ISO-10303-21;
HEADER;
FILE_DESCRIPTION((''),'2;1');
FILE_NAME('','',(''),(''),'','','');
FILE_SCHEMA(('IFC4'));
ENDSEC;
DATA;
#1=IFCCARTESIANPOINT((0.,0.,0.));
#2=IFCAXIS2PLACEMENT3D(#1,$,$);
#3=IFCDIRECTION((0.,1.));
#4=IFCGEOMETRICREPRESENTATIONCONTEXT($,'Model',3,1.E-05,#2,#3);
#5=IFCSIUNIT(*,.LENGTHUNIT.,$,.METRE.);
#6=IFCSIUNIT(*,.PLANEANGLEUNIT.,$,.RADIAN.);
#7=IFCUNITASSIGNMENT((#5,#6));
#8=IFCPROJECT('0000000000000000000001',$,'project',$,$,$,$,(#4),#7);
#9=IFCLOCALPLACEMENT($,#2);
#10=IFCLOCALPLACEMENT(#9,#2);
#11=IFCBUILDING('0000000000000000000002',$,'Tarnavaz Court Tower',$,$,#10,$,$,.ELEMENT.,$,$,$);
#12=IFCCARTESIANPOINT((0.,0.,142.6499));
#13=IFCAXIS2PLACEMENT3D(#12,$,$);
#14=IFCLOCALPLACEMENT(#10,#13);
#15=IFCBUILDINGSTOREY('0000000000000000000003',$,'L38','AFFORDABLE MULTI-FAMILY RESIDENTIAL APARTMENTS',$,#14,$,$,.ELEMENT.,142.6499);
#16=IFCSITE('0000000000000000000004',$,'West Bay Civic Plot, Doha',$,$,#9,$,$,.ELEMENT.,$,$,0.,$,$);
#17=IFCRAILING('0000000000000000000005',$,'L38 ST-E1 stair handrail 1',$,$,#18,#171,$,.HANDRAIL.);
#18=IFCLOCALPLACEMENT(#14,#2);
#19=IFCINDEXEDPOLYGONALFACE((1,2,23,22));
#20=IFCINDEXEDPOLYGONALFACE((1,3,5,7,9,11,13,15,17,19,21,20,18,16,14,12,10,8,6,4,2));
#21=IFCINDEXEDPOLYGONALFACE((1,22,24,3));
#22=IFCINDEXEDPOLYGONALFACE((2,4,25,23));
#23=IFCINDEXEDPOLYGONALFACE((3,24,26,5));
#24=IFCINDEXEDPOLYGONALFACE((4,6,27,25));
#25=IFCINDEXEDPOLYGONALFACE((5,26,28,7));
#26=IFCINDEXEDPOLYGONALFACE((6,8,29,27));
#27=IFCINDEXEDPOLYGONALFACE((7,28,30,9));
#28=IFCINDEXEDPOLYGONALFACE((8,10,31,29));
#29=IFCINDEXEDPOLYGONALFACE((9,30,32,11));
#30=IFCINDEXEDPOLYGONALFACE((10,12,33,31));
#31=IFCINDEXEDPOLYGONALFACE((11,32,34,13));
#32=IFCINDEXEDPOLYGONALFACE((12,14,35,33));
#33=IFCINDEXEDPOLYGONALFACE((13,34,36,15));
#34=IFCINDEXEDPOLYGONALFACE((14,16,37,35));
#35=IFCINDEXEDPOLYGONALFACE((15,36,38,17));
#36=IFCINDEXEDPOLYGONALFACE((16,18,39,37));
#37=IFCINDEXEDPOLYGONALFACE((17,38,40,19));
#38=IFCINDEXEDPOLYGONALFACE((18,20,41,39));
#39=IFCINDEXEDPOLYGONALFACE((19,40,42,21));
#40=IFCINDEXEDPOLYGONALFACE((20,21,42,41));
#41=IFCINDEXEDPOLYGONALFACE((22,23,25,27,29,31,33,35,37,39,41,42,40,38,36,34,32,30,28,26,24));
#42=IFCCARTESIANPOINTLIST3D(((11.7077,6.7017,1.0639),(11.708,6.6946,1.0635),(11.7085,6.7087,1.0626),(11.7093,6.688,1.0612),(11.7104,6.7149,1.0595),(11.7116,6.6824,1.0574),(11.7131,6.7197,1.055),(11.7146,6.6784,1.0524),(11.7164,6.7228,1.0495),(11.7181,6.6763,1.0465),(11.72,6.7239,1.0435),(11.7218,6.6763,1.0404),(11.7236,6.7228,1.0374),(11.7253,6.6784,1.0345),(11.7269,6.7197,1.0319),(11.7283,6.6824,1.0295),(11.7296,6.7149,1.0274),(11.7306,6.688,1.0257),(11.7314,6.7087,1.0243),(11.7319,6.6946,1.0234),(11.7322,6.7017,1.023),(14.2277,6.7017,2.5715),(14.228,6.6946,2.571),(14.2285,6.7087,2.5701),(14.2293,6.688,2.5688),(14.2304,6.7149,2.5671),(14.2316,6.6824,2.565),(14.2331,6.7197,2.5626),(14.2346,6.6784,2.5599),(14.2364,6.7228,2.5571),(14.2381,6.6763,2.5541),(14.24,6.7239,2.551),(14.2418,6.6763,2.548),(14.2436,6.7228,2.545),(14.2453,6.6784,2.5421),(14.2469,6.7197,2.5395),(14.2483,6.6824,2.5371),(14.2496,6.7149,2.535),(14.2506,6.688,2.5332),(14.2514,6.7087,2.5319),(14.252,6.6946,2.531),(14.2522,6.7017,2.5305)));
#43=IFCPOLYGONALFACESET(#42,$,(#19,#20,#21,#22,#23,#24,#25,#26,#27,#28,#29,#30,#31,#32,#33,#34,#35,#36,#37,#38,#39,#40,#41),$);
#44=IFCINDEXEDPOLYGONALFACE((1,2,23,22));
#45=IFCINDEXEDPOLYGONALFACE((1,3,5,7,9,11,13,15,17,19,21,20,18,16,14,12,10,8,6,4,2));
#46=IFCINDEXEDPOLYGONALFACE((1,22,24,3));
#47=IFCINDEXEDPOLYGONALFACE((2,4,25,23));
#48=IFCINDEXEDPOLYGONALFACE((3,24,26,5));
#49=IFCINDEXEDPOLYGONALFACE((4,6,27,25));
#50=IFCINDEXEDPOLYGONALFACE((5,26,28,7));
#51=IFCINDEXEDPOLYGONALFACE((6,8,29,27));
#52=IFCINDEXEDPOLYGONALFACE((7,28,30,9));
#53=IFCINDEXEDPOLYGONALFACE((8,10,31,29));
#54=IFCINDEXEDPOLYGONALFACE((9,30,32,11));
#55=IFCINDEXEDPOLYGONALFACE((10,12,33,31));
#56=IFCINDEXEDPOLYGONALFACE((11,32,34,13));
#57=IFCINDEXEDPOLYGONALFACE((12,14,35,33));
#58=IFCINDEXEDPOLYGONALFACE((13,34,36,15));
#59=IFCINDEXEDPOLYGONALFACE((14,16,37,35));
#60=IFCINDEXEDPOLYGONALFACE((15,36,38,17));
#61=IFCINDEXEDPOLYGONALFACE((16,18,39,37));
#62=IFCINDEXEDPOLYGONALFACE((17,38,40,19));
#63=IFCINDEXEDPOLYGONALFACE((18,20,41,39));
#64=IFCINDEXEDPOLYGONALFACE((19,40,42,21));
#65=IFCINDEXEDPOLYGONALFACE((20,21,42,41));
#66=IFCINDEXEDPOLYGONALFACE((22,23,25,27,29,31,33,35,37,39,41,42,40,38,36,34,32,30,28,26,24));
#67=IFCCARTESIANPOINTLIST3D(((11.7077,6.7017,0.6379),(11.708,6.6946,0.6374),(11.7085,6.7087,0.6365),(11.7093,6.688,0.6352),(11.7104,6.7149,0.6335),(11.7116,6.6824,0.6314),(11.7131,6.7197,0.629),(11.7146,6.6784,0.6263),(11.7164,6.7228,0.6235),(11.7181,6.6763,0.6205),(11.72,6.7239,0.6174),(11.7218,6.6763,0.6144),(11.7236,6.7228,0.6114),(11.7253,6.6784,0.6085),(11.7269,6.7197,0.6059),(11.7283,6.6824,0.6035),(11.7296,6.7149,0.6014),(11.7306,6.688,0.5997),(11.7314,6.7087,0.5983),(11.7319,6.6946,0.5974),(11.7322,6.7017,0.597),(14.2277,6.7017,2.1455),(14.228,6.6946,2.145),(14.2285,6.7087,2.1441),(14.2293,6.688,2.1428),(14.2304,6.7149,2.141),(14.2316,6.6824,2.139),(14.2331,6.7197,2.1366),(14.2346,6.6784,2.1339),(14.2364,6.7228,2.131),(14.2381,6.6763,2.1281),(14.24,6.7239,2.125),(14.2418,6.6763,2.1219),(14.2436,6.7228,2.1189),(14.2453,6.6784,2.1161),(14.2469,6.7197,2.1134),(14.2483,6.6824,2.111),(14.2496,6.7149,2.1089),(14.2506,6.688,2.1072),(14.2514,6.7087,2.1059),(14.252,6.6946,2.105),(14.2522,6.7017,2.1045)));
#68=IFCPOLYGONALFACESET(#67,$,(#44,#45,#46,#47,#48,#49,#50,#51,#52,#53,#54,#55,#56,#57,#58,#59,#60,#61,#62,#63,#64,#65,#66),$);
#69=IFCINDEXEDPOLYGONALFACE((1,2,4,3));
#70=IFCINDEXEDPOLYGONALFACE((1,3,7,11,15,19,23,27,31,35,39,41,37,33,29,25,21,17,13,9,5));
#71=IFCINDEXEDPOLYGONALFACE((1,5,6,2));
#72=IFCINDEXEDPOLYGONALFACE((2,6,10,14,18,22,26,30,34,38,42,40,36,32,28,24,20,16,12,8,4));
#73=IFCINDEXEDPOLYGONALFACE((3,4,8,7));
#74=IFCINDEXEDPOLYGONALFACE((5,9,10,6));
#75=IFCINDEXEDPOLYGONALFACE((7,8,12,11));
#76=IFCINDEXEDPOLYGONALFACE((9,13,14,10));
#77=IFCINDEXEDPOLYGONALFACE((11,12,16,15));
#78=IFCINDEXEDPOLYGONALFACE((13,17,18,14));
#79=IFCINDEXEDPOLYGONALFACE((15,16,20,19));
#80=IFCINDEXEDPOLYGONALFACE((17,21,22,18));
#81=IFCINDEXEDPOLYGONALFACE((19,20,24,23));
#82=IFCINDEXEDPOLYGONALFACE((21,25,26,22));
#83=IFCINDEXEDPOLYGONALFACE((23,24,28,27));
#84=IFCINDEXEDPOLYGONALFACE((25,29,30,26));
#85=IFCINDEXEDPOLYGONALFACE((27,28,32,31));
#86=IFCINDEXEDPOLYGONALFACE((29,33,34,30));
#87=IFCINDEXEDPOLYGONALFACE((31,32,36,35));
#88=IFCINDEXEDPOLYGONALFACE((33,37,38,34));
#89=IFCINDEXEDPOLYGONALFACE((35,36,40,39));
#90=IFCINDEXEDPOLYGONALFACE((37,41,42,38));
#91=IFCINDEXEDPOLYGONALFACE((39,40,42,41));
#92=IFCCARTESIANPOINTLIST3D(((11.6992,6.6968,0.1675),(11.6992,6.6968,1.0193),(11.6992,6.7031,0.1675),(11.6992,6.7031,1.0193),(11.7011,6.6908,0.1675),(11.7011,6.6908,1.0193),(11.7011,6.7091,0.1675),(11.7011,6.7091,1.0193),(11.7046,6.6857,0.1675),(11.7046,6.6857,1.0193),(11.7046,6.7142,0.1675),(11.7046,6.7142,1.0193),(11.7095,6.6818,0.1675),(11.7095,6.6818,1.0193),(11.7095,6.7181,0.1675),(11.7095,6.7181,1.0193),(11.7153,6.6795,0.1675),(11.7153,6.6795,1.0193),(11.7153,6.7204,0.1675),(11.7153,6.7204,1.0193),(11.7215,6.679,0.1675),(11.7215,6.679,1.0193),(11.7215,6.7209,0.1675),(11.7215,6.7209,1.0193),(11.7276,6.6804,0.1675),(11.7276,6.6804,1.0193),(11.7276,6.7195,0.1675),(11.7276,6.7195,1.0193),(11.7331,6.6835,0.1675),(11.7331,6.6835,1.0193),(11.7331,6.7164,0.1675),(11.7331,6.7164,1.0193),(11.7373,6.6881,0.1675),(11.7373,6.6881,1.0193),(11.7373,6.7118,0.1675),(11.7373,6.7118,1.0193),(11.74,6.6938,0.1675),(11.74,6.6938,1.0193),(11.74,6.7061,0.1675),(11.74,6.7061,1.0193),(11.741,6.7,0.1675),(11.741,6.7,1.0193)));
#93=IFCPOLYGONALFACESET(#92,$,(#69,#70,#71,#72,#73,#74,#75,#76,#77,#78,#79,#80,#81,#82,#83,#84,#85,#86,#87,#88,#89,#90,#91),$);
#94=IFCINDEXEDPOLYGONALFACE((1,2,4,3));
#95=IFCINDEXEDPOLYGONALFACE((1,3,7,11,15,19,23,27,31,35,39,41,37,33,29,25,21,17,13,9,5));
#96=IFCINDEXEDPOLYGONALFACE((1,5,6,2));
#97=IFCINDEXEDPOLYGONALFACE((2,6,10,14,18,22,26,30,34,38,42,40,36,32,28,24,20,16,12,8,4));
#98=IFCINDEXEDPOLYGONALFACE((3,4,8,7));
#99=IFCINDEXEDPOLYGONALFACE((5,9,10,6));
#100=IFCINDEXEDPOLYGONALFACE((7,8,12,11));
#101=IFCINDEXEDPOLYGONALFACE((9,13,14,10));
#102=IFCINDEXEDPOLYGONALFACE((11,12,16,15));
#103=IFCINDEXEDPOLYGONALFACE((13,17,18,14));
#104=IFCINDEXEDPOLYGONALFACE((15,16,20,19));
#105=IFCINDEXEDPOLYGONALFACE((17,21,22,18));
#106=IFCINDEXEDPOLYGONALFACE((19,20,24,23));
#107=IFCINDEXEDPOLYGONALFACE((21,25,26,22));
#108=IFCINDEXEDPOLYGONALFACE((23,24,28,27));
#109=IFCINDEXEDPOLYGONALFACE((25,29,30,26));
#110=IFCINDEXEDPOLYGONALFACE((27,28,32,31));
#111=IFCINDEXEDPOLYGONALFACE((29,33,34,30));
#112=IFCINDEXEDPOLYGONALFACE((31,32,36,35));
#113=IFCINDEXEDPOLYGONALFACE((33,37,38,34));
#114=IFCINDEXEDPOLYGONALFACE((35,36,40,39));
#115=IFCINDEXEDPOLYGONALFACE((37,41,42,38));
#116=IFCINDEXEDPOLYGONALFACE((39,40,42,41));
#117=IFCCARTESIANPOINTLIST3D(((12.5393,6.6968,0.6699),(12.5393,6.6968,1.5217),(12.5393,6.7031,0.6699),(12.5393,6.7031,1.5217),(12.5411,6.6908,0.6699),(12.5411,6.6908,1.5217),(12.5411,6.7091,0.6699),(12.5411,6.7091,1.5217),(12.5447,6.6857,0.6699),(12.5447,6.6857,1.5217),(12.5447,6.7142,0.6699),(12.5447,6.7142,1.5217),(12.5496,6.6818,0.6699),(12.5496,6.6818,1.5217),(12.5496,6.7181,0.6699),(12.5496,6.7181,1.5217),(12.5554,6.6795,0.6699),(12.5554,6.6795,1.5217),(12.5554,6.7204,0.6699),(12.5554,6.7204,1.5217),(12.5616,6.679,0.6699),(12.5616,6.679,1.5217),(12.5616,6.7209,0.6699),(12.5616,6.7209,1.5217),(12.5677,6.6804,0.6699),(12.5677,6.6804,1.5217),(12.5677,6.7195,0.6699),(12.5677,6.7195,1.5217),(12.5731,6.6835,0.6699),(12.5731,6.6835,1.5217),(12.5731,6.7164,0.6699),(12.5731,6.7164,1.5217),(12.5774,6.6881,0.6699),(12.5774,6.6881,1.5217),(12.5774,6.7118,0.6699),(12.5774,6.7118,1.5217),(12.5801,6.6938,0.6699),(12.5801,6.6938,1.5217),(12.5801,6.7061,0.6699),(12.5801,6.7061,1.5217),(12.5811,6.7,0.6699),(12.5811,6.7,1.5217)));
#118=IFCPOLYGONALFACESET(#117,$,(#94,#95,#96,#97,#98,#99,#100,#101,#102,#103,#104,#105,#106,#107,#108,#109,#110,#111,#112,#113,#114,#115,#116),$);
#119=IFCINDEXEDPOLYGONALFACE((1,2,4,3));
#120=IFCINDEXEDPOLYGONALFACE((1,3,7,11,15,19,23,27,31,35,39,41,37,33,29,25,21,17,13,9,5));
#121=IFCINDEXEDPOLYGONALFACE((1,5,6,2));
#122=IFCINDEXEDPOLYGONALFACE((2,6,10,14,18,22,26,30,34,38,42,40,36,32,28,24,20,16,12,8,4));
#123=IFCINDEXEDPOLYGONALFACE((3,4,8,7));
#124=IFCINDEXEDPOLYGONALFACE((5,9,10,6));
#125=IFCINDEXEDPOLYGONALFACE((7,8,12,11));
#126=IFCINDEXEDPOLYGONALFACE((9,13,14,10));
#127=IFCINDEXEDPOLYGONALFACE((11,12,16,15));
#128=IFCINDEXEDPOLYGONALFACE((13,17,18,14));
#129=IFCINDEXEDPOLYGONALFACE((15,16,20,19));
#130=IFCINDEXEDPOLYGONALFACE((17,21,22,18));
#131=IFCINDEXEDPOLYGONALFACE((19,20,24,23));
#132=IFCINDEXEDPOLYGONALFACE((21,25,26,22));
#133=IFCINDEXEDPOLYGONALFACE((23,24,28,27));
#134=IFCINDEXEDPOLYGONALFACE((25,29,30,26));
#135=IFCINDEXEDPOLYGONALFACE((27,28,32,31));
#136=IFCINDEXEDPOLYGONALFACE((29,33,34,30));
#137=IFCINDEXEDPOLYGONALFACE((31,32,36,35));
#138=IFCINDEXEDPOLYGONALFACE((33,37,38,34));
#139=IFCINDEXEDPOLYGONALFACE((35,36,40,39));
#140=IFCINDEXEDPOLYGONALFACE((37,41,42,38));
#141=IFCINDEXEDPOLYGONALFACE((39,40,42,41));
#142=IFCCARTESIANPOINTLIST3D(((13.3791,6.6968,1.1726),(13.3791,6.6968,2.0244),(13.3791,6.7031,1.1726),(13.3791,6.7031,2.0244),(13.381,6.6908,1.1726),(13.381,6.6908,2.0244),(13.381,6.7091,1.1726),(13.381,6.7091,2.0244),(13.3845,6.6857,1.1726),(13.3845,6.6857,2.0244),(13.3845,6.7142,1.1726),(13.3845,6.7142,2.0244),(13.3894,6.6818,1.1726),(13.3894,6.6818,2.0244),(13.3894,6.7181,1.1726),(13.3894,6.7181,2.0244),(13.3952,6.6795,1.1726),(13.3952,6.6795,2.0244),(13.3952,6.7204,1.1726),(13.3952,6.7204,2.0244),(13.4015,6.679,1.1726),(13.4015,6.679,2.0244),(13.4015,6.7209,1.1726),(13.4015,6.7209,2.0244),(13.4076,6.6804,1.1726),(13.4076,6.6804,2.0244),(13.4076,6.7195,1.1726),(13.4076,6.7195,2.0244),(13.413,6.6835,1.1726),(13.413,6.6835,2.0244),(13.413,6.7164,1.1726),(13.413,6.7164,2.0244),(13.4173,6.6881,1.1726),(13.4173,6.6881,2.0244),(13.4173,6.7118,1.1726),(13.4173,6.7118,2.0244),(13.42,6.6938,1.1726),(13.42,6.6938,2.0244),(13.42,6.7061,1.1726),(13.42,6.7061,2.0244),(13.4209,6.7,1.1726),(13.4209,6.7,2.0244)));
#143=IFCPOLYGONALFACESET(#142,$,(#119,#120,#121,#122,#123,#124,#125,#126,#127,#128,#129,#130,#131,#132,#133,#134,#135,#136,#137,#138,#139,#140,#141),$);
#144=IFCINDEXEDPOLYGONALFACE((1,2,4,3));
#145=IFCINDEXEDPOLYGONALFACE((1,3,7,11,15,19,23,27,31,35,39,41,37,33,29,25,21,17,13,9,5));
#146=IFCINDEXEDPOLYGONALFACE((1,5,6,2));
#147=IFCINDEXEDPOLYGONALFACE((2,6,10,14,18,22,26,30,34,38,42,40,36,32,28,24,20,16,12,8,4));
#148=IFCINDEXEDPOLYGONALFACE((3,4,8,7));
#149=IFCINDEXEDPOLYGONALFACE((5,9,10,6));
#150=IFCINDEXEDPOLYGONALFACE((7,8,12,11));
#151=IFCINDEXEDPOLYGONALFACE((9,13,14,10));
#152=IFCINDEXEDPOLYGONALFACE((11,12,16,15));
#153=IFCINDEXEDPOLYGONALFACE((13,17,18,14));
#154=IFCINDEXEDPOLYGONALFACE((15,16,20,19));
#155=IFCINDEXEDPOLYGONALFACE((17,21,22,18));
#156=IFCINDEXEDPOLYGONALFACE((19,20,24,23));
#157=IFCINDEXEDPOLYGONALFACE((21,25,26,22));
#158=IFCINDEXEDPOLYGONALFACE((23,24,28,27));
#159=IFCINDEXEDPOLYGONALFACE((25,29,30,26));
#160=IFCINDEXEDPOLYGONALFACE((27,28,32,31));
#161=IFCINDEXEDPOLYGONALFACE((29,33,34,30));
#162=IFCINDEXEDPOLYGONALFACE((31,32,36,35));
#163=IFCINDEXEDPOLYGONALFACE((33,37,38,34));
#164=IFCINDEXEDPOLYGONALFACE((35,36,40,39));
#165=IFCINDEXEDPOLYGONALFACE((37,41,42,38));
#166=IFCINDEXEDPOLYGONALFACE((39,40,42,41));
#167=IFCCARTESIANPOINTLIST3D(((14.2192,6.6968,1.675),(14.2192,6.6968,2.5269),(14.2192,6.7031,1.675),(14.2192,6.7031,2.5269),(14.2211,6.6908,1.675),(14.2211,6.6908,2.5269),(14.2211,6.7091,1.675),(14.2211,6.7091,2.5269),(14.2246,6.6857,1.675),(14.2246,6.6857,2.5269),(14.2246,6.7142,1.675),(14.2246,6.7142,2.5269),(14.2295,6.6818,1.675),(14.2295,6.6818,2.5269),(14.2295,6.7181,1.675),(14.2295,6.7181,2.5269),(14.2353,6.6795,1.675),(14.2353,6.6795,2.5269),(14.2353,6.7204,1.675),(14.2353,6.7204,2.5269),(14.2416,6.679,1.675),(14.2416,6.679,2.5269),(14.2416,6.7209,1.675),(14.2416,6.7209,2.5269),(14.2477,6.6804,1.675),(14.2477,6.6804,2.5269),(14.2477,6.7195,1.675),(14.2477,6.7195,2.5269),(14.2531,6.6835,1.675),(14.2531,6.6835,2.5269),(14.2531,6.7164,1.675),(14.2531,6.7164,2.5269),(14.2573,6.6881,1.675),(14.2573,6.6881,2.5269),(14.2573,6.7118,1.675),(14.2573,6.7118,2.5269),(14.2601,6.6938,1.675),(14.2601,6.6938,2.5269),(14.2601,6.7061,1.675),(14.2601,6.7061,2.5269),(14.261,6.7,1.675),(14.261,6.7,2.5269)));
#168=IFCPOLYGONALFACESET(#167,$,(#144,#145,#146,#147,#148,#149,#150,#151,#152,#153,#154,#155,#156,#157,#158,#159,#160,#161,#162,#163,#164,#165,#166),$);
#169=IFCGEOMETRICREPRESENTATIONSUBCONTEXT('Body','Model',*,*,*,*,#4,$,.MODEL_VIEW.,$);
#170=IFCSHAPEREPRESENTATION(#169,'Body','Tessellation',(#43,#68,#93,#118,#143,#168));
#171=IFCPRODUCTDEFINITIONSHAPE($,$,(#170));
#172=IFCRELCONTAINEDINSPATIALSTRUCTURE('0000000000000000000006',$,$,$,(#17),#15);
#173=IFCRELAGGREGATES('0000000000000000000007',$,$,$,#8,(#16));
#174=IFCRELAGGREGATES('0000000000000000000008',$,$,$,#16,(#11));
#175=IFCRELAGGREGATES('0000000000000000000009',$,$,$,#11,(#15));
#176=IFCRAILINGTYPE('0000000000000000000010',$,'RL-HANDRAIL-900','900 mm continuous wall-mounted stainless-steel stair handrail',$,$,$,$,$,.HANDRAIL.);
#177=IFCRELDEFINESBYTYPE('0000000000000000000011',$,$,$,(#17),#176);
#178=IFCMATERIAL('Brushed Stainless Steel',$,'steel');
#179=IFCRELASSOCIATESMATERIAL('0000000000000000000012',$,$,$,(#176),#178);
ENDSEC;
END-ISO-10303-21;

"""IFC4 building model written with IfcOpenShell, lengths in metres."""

from ifc_helpers import new_model, si_unit, direction, frame, origin, origin_2d, place, context, subcontext, project, spatial, circle, extrude, material, type_object, element, save


model = new_model("IFC4")

# Units and contexts
model_context = context("Model", 3, precision=1e-05, world=origin(), true_north=direction((0.0, 1.0)))
body_context = subcontext(model_context, "Body", "Model", "MODEL_VIEW")
ifc_project = project(units=[si_unit("LENGTHUNIT", "METRE"), si_unit("PLANEANGLEUNIT", "RADIAN")], contexts=[model_context])

# Site, building, storey
site_placement = place(None, origin())
site = spatial("IfcSite", under=ifc_project, at=site_placement, Name="West Bay Civic Plot, Doha", CompositionType="ELEMENT", RefElevation=0.0)
building_placement = place(site_placement, origin())
building = spatial("IfcBuilding", under=site, at=building_placement, Name="Tarnavaz Court Tower", CompositionType="ELEMENT")
storey_placement = place(building_placement, frame((0.0, 0.0, 142.6499)))
storey = spatial("IfcBuildingStorey", under=building, at=storey_placement, Name="L38", Description="AFFORDABLE MULTI-FAMILY RESIDENTIAL APARTMENTS", CompositionType="ELEMENT", Elevation=142.6499)

# Railing
ifc_material_1 = material(Name="Brushed Stainless Steel", Category="steel")
railing_type_1 = type_object("IfcRailingType", Name="RL-HANDRAIL-900", Description="900 mm continuous wall-mounted stainless-steel stair handrail", PredefinedType="HANDRAIL", material=ifc_material_1)
railing_1_placement = place(storey_placement, frame((11.72, 6.7, 0.1675)))
element("IfcRailing", 1, at=railing_1_placement, inside=storey, type_object=railing_type_1, Name="L38 ST-E1 stair handrail 1", PredefinedType="HANDRAIL", context=body_context, shape_type="SweptSolid", body=[
    extrude(circle(Radius=0.0239, at=origin_2d()), frame((0.0, 0.0, 0.876), z_axis=(0.85816, 0.0, 0.513383), x_axis=(0.0, 1.0, 0.0)), (0.0, 0.0, 1.0), 2.9365),
    extrude(circle(Radius=0.0239, at=origin_2d()), frame((0.0, 0.0, 0.45), z_axis=(0.85816, 0.0, 0.513383), x_axis=(0.0, 1.0, 0.0)), (0.0, 0.0, 1.0), 2.9365),
    extrude(circle(Radius=0.021, at=origin_2d()), origin(), (0.0, 0.0, 1.0), 0.8518),
    extrude(circle(Radius=0.021, at=origin_2d()), frame((0.8401, 0.0, 0.5024)), (0.0, 0.0, 1.0), 0.8518),
    extrude(circle(Radius=0.021, at=origin_2d()), frame((1.6799, 0.0, 1.0051)), (0.0, 0.0, 1.0), 0.8518),
    extrude(circle(Radius=0.021, at=origin_2d()), frame((2.52, 0.0, 1.5076)), (0.0, 0.0, 1.0), 0.8518),
])

save(model, "model.ifc")
